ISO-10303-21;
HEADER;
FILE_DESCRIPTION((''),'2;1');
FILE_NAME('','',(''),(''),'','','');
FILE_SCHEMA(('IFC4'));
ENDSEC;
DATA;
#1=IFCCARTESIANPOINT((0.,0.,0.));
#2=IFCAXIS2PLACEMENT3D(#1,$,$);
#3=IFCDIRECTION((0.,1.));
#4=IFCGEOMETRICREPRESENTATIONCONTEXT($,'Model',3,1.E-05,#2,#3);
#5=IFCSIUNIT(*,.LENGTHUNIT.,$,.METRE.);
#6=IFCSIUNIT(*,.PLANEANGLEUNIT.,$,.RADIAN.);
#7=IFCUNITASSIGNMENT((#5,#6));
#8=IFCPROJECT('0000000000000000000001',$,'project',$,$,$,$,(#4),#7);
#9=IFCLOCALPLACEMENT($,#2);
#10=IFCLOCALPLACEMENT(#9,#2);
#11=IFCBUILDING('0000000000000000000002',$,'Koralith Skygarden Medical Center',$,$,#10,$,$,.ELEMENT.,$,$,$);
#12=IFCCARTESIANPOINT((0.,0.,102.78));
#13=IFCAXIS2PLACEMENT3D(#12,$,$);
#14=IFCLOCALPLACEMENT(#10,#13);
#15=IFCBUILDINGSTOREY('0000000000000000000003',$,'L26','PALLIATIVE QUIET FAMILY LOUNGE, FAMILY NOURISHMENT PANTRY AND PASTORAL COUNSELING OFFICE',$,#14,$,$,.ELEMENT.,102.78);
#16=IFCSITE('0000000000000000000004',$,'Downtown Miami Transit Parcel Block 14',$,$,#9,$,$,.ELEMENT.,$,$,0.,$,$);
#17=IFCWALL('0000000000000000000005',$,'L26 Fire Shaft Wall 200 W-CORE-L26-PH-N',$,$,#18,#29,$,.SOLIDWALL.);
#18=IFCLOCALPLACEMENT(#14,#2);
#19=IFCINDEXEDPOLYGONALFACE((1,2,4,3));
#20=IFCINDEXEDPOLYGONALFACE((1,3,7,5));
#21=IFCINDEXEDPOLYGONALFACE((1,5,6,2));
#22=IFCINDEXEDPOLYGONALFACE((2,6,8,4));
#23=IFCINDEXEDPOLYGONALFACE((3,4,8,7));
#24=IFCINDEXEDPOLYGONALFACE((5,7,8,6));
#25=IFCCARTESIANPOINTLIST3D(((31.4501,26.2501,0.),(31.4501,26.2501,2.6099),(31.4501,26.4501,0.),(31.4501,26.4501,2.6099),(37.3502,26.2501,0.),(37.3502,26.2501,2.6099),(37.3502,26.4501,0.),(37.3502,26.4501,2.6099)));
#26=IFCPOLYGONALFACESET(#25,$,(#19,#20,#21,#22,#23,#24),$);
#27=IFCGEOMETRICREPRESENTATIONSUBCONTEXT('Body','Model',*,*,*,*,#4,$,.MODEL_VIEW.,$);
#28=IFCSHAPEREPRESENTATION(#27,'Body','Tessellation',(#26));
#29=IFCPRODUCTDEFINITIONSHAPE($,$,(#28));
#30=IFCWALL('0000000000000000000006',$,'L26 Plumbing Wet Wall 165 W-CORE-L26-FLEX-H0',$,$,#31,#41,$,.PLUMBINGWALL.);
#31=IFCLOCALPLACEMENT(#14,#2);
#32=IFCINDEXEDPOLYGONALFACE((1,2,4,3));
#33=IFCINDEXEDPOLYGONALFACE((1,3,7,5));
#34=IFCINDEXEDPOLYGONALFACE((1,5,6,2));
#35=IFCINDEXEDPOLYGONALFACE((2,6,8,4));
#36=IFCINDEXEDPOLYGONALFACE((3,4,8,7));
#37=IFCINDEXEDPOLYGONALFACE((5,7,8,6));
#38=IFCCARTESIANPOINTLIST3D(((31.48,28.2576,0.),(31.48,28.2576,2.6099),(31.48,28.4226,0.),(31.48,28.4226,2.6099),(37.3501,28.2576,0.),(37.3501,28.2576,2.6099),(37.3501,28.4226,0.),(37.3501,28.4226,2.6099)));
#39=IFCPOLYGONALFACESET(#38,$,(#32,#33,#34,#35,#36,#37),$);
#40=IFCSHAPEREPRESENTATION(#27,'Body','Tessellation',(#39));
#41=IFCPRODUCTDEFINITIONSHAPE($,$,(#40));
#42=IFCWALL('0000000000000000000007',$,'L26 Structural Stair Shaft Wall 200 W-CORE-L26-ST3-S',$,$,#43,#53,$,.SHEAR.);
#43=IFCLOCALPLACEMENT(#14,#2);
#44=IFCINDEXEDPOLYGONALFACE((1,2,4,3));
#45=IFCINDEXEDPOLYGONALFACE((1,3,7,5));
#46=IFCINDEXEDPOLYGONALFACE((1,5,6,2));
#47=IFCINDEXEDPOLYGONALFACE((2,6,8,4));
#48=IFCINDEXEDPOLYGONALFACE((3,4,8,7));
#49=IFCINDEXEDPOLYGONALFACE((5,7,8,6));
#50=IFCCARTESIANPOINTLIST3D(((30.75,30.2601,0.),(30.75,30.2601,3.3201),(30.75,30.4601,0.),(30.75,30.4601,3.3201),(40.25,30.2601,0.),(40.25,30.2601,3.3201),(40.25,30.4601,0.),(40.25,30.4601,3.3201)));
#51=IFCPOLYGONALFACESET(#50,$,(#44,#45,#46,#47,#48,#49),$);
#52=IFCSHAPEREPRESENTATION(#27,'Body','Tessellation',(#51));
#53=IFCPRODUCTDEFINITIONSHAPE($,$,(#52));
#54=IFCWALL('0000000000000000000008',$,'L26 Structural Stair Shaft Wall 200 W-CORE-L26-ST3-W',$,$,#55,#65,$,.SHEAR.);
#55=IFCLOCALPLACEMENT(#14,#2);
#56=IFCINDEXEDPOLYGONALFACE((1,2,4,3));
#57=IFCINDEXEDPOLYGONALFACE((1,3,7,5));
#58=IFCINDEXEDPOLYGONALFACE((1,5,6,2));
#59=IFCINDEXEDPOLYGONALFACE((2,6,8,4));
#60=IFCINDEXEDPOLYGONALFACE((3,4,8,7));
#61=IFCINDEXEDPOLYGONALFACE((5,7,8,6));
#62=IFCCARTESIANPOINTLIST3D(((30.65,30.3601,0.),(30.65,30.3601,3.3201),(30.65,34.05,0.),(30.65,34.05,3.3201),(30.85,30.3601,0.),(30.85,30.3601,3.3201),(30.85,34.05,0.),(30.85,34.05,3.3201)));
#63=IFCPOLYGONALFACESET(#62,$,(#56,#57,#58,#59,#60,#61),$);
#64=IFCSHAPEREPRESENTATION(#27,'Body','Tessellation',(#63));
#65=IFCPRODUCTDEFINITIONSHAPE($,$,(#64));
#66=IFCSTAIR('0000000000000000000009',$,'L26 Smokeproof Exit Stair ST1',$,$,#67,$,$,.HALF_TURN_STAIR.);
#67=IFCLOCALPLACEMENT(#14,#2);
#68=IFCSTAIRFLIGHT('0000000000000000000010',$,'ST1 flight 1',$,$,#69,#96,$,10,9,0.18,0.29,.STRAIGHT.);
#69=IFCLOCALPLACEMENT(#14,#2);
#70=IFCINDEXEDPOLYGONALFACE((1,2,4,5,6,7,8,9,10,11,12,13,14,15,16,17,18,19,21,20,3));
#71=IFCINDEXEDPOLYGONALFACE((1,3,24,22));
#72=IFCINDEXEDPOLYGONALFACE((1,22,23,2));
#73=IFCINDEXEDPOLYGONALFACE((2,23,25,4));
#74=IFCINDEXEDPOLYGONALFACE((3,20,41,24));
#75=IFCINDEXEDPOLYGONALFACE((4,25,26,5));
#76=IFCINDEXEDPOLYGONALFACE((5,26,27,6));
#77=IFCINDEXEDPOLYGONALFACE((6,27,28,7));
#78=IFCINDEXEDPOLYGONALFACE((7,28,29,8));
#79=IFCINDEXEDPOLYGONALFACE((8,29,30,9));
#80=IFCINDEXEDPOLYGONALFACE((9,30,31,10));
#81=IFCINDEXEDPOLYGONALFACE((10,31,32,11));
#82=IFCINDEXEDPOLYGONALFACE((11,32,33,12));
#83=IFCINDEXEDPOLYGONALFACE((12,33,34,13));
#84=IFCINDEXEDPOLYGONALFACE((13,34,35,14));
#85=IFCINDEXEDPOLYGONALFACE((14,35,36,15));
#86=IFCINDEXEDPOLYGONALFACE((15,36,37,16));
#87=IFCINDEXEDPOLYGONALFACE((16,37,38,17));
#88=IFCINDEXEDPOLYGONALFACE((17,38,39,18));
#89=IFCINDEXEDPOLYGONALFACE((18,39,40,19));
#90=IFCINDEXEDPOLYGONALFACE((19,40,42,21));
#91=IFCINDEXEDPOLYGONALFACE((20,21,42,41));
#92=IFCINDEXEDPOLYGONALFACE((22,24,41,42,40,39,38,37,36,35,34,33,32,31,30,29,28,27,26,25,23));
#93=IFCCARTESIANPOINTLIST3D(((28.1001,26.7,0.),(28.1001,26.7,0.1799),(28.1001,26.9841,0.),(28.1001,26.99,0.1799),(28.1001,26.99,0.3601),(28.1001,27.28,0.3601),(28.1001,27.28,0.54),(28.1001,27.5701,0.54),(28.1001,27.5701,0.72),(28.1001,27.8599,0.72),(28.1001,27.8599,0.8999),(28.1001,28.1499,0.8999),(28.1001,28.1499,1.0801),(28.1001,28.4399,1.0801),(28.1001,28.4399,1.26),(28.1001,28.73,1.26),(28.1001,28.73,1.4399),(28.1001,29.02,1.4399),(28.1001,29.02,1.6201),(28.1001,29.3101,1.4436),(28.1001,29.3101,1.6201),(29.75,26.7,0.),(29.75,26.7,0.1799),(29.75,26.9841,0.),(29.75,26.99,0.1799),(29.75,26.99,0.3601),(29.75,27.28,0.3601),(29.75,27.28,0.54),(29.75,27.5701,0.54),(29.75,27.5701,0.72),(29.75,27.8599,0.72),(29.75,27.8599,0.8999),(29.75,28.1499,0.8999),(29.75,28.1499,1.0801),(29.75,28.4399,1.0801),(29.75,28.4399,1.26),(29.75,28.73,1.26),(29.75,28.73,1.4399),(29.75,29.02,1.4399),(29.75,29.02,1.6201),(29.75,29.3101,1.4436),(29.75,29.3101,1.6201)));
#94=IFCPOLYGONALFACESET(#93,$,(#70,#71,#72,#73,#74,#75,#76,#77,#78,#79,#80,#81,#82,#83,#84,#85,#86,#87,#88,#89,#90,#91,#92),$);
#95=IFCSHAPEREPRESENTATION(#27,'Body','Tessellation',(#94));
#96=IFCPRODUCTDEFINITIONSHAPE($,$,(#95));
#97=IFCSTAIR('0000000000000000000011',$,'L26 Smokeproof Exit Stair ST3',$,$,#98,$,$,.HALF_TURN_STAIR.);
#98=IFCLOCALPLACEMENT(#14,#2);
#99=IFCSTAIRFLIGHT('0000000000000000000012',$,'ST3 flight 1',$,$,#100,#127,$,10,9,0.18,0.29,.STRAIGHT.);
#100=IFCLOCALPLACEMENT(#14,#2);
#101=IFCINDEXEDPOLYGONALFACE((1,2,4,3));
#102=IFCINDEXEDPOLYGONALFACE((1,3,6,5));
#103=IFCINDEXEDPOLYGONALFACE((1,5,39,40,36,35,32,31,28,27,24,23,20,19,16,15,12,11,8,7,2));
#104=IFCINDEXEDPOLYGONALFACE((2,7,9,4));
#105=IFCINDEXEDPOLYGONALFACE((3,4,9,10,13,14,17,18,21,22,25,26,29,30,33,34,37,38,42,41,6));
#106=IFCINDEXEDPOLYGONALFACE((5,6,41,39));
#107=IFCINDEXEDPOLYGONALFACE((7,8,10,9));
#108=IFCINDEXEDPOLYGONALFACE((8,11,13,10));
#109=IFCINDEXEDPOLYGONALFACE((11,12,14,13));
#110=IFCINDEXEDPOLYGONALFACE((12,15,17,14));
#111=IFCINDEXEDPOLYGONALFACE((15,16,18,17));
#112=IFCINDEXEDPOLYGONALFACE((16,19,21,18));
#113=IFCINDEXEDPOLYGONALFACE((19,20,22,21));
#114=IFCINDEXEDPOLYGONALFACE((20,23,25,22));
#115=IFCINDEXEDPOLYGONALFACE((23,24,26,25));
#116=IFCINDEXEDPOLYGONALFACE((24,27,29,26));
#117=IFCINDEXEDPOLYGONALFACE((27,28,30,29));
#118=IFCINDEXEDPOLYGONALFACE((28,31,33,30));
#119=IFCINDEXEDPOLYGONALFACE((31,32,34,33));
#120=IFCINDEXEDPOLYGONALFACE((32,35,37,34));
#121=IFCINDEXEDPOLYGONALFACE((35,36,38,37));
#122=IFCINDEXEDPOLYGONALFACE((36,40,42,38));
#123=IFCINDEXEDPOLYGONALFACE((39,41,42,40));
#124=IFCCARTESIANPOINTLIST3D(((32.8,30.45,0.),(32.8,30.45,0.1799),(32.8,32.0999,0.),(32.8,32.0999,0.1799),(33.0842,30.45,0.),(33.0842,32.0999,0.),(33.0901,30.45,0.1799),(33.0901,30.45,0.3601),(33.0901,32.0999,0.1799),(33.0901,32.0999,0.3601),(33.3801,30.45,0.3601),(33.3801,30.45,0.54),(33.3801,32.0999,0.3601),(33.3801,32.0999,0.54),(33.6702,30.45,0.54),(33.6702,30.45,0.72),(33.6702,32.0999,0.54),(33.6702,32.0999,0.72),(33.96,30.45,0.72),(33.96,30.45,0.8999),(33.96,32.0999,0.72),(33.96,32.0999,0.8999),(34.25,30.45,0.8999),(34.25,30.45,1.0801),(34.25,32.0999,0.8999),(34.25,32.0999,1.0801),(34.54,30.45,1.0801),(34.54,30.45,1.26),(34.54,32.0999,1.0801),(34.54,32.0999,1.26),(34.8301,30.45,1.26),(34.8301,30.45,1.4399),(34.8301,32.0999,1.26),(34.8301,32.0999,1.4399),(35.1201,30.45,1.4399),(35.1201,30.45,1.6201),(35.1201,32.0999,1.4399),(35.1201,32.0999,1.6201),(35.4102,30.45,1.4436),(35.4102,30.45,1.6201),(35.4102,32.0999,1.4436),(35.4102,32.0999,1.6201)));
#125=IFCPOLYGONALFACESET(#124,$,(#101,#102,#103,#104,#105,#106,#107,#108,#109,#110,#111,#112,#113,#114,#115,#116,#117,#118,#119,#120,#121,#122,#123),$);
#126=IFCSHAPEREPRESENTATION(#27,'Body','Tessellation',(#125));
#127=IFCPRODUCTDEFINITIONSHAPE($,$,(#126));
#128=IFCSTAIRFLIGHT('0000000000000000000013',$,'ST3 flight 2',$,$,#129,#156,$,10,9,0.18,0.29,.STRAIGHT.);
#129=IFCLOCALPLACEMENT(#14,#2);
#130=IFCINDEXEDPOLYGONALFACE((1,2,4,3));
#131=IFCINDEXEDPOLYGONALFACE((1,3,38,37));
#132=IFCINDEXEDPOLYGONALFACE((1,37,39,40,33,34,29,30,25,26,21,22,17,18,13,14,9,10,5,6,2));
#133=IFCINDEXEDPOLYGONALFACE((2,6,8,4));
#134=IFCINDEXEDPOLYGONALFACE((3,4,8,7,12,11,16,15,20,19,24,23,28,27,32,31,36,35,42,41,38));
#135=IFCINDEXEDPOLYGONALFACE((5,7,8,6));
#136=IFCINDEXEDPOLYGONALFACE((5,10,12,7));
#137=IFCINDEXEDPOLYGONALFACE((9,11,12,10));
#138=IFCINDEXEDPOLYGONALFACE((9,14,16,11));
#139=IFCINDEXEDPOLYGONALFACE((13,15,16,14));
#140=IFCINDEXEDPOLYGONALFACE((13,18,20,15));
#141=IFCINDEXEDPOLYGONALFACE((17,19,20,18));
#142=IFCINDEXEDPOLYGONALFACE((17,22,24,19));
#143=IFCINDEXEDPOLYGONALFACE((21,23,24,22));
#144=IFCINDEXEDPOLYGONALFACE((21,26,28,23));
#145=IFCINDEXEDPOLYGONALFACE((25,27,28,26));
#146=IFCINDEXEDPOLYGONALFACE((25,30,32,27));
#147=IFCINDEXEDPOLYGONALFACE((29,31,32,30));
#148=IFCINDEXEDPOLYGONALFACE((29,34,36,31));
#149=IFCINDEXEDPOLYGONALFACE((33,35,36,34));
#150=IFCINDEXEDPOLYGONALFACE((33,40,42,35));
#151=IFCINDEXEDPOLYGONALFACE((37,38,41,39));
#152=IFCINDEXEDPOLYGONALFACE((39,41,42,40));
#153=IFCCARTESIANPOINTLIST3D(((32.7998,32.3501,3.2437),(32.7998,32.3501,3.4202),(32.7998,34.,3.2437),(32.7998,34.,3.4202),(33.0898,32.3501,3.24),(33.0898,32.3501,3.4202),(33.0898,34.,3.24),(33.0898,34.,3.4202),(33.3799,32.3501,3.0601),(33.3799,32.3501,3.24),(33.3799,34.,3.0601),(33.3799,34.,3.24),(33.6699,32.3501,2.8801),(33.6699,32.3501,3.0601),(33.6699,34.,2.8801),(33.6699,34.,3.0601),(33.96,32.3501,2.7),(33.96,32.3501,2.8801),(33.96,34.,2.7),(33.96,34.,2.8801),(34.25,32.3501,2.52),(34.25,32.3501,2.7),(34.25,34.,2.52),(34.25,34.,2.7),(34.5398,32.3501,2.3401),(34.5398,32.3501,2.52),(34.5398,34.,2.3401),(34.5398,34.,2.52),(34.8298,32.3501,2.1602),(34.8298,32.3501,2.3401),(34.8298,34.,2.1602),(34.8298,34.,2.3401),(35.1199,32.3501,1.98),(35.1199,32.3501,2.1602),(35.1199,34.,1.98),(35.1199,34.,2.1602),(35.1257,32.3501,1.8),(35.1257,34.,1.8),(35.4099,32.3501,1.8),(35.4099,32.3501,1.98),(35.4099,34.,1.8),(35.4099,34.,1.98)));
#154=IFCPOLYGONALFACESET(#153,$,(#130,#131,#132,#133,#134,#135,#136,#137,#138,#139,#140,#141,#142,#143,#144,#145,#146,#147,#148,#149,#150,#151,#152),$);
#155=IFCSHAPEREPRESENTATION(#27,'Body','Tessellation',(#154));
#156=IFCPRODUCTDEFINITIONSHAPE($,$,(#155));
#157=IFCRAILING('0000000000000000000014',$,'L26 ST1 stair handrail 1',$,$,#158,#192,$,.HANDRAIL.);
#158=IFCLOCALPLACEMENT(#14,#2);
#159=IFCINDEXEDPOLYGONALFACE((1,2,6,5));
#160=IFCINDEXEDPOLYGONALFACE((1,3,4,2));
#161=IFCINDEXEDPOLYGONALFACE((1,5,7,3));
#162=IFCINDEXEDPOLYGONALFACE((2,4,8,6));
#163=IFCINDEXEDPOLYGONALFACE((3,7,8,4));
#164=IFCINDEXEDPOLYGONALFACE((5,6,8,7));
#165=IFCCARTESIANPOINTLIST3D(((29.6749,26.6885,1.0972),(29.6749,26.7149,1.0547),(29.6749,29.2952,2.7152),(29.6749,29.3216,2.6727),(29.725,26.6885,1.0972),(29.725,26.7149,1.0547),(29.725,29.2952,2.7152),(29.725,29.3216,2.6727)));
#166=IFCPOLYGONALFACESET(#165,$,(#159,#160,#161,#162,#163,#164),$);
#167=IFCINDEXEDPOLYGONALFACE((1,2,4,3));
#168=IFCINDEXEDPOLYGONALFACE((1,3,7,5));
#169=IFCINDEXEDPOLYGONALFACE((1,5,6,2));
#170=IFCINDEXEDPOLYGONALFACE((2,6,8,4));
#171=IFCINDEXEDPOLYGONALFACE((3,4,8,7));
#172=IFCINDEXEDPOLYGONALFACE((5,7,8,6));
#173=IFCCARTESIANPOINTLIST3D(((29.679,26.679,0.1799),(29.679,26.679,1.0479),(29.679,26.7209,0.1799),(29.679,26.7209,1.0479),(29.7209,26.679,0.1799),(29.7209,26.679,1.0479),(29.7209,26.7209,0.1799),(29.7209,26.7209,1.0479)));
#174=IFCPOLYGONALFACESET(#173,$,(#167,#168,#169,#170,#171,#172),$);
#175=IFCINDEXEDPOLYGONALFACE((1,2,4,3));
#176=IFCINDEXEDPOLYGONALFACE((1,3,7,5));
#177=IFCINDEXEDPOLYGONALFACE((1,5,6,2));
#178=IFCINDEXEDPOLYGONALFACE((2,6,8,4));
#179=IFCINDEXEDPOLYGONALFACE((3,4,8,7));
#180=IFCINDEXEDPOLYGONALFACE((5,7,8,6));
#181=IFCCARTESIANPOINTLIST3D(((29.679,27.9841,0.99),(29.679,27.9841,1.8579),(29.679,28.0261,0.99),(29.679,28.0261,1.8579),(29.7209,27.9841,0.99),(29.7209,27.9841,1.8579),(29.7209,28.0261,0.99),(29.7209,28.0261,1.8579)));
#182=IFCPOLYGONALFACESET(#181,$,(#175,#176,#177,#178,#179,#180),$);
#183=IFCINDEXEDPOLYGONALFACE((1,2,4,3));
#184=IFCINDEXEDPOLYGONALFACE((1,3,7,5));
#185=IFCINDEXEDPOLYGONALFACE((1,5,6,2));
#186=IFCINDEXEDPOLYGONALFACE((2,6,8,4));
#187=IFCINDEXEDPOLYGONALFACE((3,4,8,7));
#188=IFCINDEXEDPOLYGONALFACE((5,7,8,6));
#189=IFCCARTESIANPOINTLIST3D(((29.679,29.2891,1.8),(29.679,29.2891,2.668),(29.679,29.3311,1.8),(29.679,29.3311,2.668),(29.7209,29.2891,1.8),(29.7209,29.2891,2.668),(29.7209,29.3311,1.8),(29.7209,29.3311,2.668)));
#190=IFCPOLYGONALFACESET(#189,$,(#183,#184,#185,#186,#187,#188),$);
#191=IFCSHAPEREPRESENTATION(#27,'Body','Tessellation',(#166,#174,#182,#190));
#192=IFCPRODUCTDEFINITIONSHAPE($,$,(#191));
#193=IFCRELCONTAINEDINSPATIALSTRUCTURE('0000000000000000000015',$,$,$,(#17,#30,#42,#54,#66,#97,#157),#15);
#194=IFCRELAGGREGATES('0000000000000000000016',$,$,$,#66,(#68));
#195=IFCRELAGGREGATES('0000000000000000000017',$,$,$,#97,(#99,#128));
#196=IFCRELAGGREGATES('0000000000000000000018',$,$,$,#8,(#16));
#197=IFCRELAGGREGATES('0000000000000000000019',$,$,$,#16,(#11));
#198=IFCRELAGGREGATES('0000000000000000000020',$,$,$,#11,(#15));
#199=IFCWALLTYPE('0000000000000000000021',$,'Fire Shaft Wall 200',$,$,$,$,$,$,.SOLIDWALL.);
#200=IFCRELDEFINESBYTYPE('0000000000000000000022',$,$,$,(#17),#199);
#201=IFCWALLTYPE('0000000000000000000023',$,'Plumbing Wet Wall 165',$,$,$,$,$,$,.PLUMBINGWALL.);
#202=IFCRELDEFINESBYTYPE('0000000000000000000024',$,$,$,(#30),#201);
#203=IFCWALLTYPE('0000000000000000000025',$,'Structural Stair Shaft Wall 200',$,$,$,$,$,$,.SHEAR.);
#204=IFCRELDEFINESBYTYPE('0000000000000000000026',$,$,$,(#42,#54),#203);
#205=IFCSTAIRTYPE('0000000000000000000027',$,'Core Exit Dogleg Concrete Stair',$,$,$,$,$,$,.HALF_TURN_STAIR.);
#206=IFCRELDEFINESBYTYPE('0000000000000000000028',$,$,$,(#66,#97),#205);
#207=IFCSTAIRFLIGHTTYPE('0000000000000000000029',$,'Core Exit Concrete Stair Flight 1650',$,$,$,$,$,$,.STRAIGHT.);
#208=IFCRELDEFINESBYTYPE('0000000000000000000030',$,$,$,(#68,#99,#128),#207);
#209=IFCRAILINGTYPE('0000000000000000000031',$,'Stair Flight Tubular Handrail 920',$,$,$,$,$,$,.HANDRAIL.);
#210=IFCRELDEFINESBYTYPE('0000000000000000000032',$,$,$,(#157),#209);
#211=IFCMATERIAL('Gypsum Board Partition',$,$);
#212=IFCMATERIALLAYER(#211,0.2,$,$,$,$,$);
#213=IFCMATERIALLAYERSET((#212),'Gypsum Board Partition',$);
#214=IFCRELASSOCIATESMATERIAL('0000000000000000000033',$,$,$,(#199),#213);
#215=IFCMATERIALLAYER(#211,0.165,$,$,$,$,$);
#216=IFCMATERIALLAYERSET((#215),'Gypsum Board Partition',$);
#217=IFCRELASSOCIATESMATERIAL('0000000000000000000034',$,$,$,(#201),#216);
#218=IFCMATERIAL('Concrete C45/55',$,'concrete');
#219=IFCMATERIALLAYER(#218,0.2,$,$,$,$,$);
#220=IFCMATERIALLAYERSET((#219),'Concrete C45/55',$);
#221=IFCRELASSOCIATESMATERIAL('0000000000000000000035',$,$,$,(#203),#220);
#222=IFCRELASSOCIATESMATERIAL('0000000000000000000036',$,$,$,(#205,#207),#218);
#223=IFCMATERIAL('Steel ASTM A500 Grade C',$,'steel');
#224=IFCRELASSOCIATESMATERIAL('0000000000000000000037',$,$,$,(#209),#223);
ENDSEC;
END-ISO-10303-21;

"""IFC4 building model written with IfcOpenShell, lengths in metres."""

from ifc_helpers import new_model, si_unit, direction, frame, frame_2d, origin, origin_2d, place, context, subcontext, project, spatial, polyline, rectangle, outline, extrude, material, layer, layer_set, type_object, element, aggregate, save


model = new_model("IFC4")

# Units and contexts
model_context = context("Model", 3, precision=1e-05, world=origin(), true_north=direction((0.0, 1.0)))
body_context = subcontext(model_context, "Body", "Model", "MODEL_VIEW")
ifc_project = project(units=[si_unit("LENGTHUNIT", "METRE"), si_unit("PLANEANGLEUNIT", "RADIAN")], contexts=[model_context])

# Site, building, storey
site_placement = place(None, origin())
site = spatial("IfcSite", under=ifc_project, at=site_placement, Name="Downtown Miami Transit Parcel Block 14", CompositionType="ELEMENT", RefElevation=0.0)
building_placement = place(site_placement, origin())
building = spatial("IfcBuilding", under=site, at=building_placement, Name="Koralith Skygarden Medical Center", CompositionType="ELEMENT")
storey_placement = place(building_placement, frame((0.0, 0.0, 102.78)))
storey = spatial("IfcBuildingStorey", under=building, at=storey_placement, Name="L26", Description="PALLIATIVE QUIET FAMILY LOUNGE, FAMILY NOURISHMENT PANTRY AND PASTORAL COUNSELING OFFICE", CompositionType="ELEMENT", Elevation=102.78)

# Wall
ifc_material_1 = material(Name="Gypsum Board Partition")
ifc_layer_1 = layer(ifc_material_1, 0.2)
ifc_layer_set_1 = layer_set([ifc_layer_1], Name="Gypsum Board Partition")
wall_type_1 = type_object("IfcWallType", Name="Fire Shaft Wall 200", PredefinedType="SOLIDWALL", material=ifc_layer_set_1)
wall_1_placement = place(storey_placement, frame((31.45, 26.3501, 0.0), z_axis=(0.0, 0.0, 1.0), x_axis=(1.0, 0.0, 0.0)))
element("IfcWall", 1, at=wall_1_placement, inside=storey, type_object=wall_type_1, Name="L26 Fire Shaft Wall 200 W-CORE-L26-PH-N", PredefinedType="SOLIDWALL", context=body_context, shape_type="SweptSolid", body=[
    extrude(rectangle(XDim=5.9001, YDim=0.2, at=frame_2d((2.9502, 0.0))), origin(), (0.0, 0.0, 1.0), 2.6099),
])

# Shared definitions
ifc_layer_2 = layer(ifc_material_1, 0.165)
ifc_layer_set_2 = layer_set([ifc_layer_2], Name="Gypsum Board Partition")
wall_type_2 = type_object("IfcWallType", Name="Plumbing Wet Wall 165", PredefinedType="PLUMBINGWALL", material=ifc_layer_set_2)

# Walls
wall_2_placement = place(storey_placement, frame((31.48, 28.3401, 0.0), z_axis=(0.0, 0.0, 1.0), x_axis=(1.0, 0.0, 0.0)))
element("IfcWall", 2, at=wall_2_placement, inside=storey, type_object=wall_type_2, Name="L26 Plumbing Wet Wall 165 W-CORE-L26-FLEX-H0", PredefinedType="PLUMBINGWALL", context=body_context, shape_type="SweptSolid", body=[
    extrude(rectangle(XDim=5.8701, YDim=0.165, at=frame_2d((2.9351, 0.0))), origin(), (0.0, 0.0, 1.0), 2.6099),
])
ifc_material_2 = material(Name="Concrete C45/55", Category="concrete")
ifc_layer_3 = layer(ifc_material_2, 0.2)
ifc_layer_set_3 = layer_set([ifc_layer_3], Name="Concrete C45/55")
wall_type_3 = type_object("IfcWallType", Name="Structural Stair Shaft Wall 200", PredefinedType="SHEAR", material=ifc_layer_set_3)
wall_3_placement = place(storey_placement, frame((30.75, 30.3601, 0.0), z_axis=(0.0, 0.0, 1.0), x_axis=(1.0, 0.0, 0.0)))
element("IfcWall", 3, at=wall_3_placement, inside=storey, type_object=wall_type_3, Name="L26 Structural Stair Shaft Wall 200 W-CORE-L26-ST3-S", PredefinedType="SHEAR", context=body_context, shape_type="SweptSolid", body=[
    extrude(rectangle(XDim=9.5, YDim=0.2, at=frame_2d((4.75, 0.0))), origin(), (0.0, 0.0, 1.0), 3.3201),
])
wall_4_placement = place(storey_placement, frame((30.75, 30.3601, 0.0), z_axis=(0.0, 0.0, 1.0), x_axis=(0.0, 1.0, 0.0)))
element("IfcWall", 4, at=wall_4_placement, inside=storey, type_object=wall_type_3, Name="L26 Structural Stair Shaft Wall 200 W-CORE-L26-ST3-W", PredefinedType="SHEAR", context=body_context, shape_type="SweptSolid", body=[
    extrude(rectangle(XDim=3.6899, YDim=0.2, at=frame_2d((1.845, 0.0))), origin(), (0.0, 0.0, 1.0), 3.3201),
])

# Stair, stair flight
stair_type = type_object("IfcStairType", Name="Core Exit Dogleg Concrete Stair", PredefinedType="HALF_TURN_STAIR", material=ifc_material_2)
stair_1_placement = place(storey_placement, origin())
stair_1 = element("IfcStair", 5, at=stair_1_placement, inside=storey, type_object=stair_type, Name="L26 Smokeproof Exit Stair ST1", PredefinedType="HALF_TURN_STAIR")
stair_flight_type = type_object("IfcStairFlightType", Name="Core Exit Concrete Stair Flight 1650", PredefinedType="STRAIGHT", material=ifc_material_2)
stair_flight_1_placement = place(storey_placement, frame((28.925, 26.7, 0.0), z_axis=(0.0, 0.0, 1.0), x_axis=(0.0, 1.0, 0.0)))
stair_flight_1 = element("IfcStairFlight", 6, at=stair_flight_1_placement, type_object=stair_flight_type, Name="ST1 flight 1", NumberOfRisers=10, NumberOfTreads=9, PredefinedType="STRAIGHT", RiserHeight=0.18, TreadLength=0.29, context=body_context, shape_type="SweptSolid", body=[
    extrude(outline(polyline([(0.0, 0.0), (0.0, 0.1799), (0.29, 0.1799), (0.29, 0.3601), (0.5801, 0.3601), (0.5801, 0.54), (0.8701, 0.54), (0.8701, 0.72), (1.1599, 0.72), (1.1599, 0.8999), (1.45, 0.8999), (1.45, 1.0801), (1.74, 1.0801), (1.74, 1.26), (2.03, 1.26), (2.03, 1.4399), (2.3201, 1.4399), (2.3201, 1.6201), (2.6101, 1.6201), (2.6101, 1.8), (2.6101, 1.4436), (0.2842, 0.0), (0.0, 0.0)])), frame((0.0, 0.825, 0.0), z_axis=(0.0, -1.0, 0.0), x_axis=(1.0, 0.0, 0.0)), (0.0, 0.0, 1.0), 1.6499),
])
aggregate(stair_1, [stair_flight_1])

# Stair, stair flights
stair_2_placement = place(storey_placement, origin())
stair_2 = element("IfcStair", 7, at=stair_2_placement, inside=storey, type_object=stair_type, Name="L26 Smokeproof Exit Stair ST3", PredefinedType="HALF_TURN_STAIR")
stair_flight_2_placement = place(storey_placement, frame((32.8, 31.2749, 0.0), z_axis=(0.0, 0.0, 1.0), x_axis=(1.0, 0.0, 0.0)))
stair_flight_2 = element("IfcStairFlight", 8, at=stair_flight_2_placement, type_object=stair_flight_type, Name="ST3 flight 1", NumberOfRisers=10, NumberOfTreads=9, PredefinedType="STRAIGHT", RiserHeight=0.18, TreadLength=0.29, context=body_context, shape_type="SweptSolid", body=[
    extrude(outline(polyline([(0.0, 0.0), (0.0, 0.1799), (0.29, 0.1799), (0.29, 0.3601), (0.5801, 0.3601), (0.5801, 0.54), (0.8701, 0.54), (0.8701, 0.72), (1.1599, 0.72), (1.1599, 0.8999), (1.45, 0.8999), (1.45, 1.0801), (1.74, 1.0801), (1.74, 1.26), (2.03, 1.26), (2.03, 1.4399), (2.3201, 1.4399), (2.3201, 1.6201), (2.6101, 1.6201), (2.6101, 1.8), (2.6101, 1.4436), (0.2842, 0.0), (0.0, 0.0)])), frame((0.0, 0.825, 0.0), z_axis=(0.0, -1.0, 0.0), x_axis=(1.0, 0.0, 0.0)), (0.0, 0.0, 1.0), 1.6499),
])
stair_flight_3_placement = place(storey_placement, frame((35.4099, 33.175, 1.8), z_axis=(0.0, 0.0, 1.0), x_axis=(-1.0, 0.0, 0.0)))
stair_flight_3 = element("IfcStairFlight", 9, at=stair_flight_3_placement, type_object=stair_flight_type, Name="ST3 flight 2", NumberOfRisers=10, NumberOfTreads=9, PredefinedType="STRAIGHT", RiserHeight=0.18, TreadLength=0.29, context=body_context, shape_type="SweptSolid", body=[
    extrude(outline(polyline([(0.0, 0.0), (0.0, 0.1799), (0.29, 0.1799), (0.29, 0.3601), (0.5801, 0.3601), (0.5801, 0.54), (0.8701, 0.54), (0.8701, 0.72), (1.1599, 0.72), (1.1599, 0.8999), (1.45, 0.8999), (1.45, 1.0801), (1.74, 1.0801), (1.74, 1.26), (2.03, 1.26), (2.03, 1.4399), (2.3201, 1.4399), (2.3201, 1.6201), (2.6101, 1.6201), (2.6101, 1.8), (2.6101, 1.4436), (0.2842, 0.0), (0.0, 0.0)])), frame((0.0, 0.825, 0.0), z_axis=(0.0, -1.0, 0.0), x_axis=(1.0, 0.0, 0.0)), (0.0, 0.0, 1.0), 1.6499),
])
aggregate(stair_2, [stair_flight_2, stair_flight_3])

# Railing
ifc_material_3 = material(Name="Steel ASTM A500 Grade C", Category="steel")
railing_type_1 = type_object("IfcRailingType", Name="Stair Flight Tubular Handrail 920", PredefinedType="HANDRAIL", material=ifc_material_3)
railing_1_placement = place(storey_placement, frame((29.7, 26.7, 0.1799)))
element("IfcRailing", 10, at=railing_1_placement, inside=storey, type_object=railing_type_1, Name="L26 ST1 stair handrail 1", PredefinedType="HANDRAIL", context=body_context, shape_type="SweptSolid", body=[
    extrude(rectangle(XDim=0.05, YDim=0.05, at=origin_2d()), frame((0.0, 0.0017, 0.896), z_axis=(0.0, 0.849633, 0.527375), x_axis=(-1.0, 0.0, 0.0)), (0.0, 0.0, 1.0), 3.0681),
    extrude(rectangle(XDim=0.042, YDim=0.042, at=origin_2d()), origin(), (0.0, 0.0, 1.0), 0.8679),
    extrude(rectangle(XDim=0.042, YDim=0.042, at=origin_2d()), frame((0.0, 1.3052, 0.8101)), (0.0, 0.0, 1.0), 0.8679),
    extrude(rectangle(XDim=0.042, YDim=0.042, at=origin_2d()), frame((0.0, 2.6101, 1.6201)), (0.0, 0.0, 1.0), 0.8679),
])

save(model, "model.ifc")
